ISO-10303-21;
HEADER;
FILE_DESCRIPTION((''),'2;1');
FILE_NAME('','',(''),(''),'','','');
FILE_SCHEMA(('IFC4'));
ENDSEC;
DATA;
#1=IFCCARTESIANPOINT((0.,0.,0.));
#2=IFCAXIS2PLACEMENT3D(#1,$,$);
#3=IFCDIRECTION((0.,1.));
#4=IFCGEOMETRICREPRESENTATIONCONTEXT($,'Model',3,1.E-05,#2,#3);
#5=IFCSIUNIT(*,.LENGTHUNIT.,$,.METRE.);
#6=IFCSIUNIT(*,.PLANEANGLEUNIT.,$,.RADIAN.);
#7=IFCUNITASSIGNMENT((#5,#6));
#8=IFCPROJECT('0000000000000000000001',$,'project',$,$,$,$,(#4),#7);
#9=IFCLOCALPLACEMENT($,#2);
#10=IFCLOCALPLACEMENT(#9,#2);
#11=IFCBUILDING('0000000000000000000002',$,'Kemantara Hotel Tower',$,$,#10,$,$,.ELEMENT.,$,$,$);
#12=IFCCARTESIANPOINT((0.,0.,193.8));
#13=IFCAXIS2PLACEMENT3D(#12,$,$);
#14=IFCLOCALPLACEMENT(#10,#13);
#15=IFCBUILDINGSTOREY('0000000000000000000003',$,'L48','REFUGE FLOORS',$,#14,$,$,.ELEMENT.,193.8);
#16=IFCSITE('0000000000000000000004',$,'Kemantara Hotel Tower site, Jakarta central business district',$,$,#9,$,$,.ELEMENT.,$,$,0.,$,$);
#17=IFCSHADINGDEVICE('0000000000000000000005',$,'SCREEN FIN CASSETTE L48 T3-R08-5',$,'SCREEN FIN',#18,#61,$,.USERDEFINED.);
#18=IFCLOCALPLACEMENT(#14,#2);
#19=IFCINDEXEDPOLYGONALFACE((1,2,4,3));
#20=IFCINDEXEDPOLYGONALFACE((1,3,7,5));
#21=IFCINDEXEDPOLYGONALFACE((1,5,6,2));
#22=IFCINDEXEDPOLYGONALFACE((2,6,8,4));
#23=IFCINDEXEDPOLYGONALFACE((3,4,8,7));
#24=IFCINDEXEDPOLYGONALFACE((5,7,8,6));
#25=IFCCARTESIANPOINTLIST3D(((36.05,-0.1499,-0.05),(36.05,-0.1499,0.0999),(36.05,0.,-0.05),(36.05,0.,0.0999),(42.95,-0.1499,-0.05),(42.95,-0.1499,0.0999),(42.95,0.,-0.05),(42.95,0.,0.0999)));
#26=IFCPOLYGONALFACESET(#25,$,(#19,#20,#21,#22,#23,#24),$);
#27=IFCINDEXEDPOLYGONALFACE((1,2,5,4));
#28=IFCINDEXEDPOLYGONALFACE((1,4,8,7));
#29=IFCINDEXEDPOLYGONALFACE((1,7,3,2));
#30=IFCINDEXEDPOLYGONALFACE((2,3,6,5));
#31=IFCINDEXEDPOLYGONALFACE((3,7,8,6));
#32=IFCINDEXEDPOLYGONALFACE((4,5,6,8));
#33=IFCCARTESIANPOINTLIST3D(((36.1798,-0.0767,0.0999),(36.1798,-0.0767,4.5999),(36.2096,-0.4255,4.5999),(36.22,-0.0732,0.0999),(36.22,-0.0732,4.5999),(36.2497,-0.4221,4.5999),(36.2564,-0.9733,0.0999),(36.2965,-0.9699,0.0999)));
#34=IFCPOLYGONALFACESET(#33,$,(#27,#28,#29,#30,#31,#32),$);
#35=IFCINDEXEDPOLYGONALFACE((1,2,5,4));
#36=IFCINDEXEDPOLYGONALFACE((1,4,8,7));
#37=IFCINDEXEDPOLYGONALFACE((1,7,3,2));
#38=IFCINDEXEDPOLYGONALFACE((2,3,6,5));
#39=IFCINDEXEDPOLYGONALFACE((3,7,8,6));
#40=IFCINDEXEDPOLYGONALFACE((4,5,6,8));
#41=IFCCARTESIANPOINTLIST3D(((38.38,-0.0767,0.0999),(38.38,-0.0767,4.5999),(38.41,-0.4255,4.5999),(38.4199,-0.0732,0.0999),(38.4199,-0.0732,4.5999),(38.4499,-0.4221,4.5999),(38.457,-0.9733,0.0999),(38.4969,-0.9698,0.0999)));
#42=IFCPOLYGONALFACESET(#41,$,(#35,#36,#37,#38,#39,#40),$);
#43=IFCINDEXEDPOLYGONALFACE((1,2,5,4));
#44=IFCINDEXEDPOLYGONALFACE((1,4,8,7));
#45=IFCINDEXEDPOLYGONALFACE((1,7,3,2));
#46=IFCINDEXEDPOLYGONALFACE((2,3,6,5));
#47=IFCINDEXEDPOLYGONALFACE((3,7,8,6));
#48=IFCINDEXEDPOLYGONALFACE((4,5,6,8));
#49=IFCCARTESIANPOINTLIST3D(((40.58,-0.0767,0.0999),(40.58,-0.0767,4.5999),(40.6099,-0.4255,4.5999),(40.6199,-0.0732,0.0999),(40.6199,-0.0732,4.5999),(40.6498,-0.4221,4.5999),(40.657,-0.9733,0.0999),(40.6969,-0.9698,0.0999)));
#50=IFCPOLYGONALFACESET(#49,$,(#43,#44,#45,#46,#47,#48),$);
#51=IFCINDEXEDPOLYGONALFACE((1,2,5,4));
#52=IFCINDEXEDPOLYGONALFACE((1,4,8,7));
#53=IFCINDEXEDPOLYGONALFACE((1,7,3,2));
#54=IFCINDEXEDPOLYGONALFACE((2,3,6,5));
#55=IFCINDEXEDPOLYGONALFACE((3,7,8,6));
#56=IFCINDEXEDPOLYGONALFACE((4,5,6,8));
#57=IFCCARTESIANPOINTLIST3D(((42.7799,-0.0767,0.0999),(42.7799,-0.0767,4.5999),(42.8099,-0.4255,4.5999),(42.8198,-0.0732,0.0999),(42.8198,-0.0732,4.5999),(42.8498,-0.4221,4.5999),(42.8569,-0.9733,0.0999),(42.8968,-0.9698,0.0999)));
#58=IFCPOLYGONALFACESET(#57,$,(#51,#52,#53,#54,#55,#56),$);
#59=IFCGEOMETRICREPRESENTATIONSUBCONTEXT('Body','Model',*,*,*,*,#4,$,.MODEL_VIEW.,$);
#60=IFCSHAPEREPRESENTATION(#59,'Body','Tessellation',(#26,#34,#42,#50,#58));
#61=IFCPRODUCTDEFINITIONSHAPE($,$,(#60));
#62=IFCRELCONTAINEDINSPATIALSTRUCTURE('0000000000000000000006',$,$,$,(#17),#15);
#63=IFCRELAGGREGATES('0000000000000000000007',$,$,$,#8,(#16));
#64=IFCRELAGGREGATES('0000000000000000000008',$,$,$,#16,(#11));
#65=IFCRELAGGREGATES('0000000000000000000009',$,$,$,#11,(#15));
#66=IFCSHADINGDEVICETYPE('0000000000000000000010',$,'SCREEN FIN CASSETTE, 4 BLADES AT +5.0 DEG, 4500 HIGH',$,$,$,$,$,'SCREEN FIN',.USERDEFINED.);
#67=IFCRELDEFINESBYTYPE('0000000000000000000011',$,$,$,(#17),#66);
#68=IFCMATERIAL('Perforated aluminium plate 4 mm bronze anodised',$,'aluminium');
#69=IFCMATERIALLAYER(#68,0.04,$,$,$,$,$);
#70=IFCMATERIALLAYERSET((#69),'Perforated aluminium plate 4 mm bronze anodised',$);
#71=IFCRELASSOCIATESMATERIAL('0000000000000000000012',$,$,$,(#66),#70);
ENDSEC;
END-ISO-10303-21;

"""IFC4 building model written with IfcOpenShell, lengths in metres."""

from ifc_helpers import new_model, si_unit, direction, frame, origin, origin_2d, place, context, subcontext, project, spatial, polyline, rectangle, outline, extrude, source, transform, mapped, material, layer, layer_set, type_object, element, save


model = new_model("IFC4")

# Units and contexts
model_context = context("Model", 3, precision=1e-05, world=origin(), true_north=direction((0.0, 1.0)))
body_context = subcontext(model_context, "Body", "Model", "MODEL_VIEW")
ifc_project = project(units=[si_unit("LENGTHUNIT", "METRE"), si_unit("PLANEANGLEUNIT", "RADIAN")], contexts=[model_context])

# Site, building, storey
site_placement = place(None, origin())
site = spatial("IfcSite", under=ifc_project, at=site_placement, Name="Kemantara Hotel Tower site, Jakarta central business district", CompositionType="ELEMENT", RefElevation=0.0)
building_placement = place(site_placement, origin())
building = spatial("IfcBuilding", under=site, at=building_placement, Name="Kemantara Hotel Tower", CompositionType="ELEMENT")
storey_placement = place(building_placement, frame((0.0, 0.0, 193.8)))
storey = spatial("IfcBuildingStorey", under=building, at=storey_placement, Name="L48", Description="REFUGE FLOORS", CompositionType="ELEMENT", Elevation=193.8)

# Shading device
ifc_material_1 = material(Name="Perforated aluminium plate 4 mm bronze anodised", Category="aluminium")
ifc_layer_1 = layer(ifc_material_1, 0.04)
ifc_layer_set_1 = layer_set([ifc_layer_1], Name="Perforated aluminium plate 4 mm bronze anodised")
shading_device_type_1 = type_object("IfcShadingDeviceType", Name="SCREEN FIN CASSETTE, 4 BLADES AT +5.0 DEG, 4500 HIGH", ElementType="SCREEN FIN", PredefinedType="USERDEFINED", material=ifc_layer_set_1)
shared_shape_1 = source(origin(), body_context, "Body", "SweptSolid", [
    extrude(rectangle(XDim=6.8999, YDim=0.1499, at=origin_2d()), frame((3.3, -0.075, -0.1499), z_axis=(0.0, 0.0, 1.0), x_axis=(1.0, 0.0, 0.0)), (0.0, 0.0, 1.0), 0.1499),
    extrude(outline(polyline([(0.0, 0.0), (0.8999, 0.0), (0.3501, 4.5), (0.0, 4.5), (0.0, 0.0)])), frame((0.02, -0.0732, 0.0), z_axis=(-0.996376, -0.085056, 0.0), x_axis=(0.085056, -0.996376, 0.0)), (0.0, 0.0, 1.0), 0.0403),
    extrude(outline(polyline([(0.0, 0.0), (0.8999, 0.0), (0.3501, 4.5), (0.0, 4.5), (0.0, 0.0)])), frame((2.22, -0.0732, 0.0), z_axis=(-0.996332, -0.085575, 0.0), x_axis=(0.085575, -0.996332, 0.0)), (0.0, 0.0, 1.0), 0.04),
    extrude(outline(polyline([(0.0, 0.0), (0.8999, 0.0), (0.3501, 4.5), (0.0, 4.5), (0.0, 0.0)])), frame((4.4199, -0.0732, 0.0), z_axis=(-0.996332, -0.085575, 0.0), x_axis=(0.085575, -0.996332, 0.0)), (0.0, 0.0, 1.0), 0.04),
    extrude(outline(polyline([(0.0, 0.0), (0.8999, 0.0), (0.3501, 4.5), (0.0, 4.5), (0.0, 0.0)])), frame((6.6199, -0.0732, 0.0), z_axis=(-0.996332, -0.085575, 0.0), x_axis=(0.085575, -0.996332, 0.0)), (0.0, 0.0, 1.0), 0.04),
])
shading_device_1_placement = place(storey_placement, frame((36.2, 0.0, 0.0999), z_axis=(0.0, 0.0, 1.0), x_axis=(1.0, 0.0, 0.0)))
element("IfcShadingDevice", 1, at=shading_device_1_placement, inside=storey, type_object=shading_device_type_1, Name="SCREEN FIN CASSETTE L48 T3-R08-5", ObjectType="SCREEN FIN", PredefinedType="USERDEFINED", context=body_context, shape_type="MappedRepresentation", body=[
    mapped(shared_shape_1, transform((0.0, 0.0, 0.0))),
])

save(model, "model.ifc")
